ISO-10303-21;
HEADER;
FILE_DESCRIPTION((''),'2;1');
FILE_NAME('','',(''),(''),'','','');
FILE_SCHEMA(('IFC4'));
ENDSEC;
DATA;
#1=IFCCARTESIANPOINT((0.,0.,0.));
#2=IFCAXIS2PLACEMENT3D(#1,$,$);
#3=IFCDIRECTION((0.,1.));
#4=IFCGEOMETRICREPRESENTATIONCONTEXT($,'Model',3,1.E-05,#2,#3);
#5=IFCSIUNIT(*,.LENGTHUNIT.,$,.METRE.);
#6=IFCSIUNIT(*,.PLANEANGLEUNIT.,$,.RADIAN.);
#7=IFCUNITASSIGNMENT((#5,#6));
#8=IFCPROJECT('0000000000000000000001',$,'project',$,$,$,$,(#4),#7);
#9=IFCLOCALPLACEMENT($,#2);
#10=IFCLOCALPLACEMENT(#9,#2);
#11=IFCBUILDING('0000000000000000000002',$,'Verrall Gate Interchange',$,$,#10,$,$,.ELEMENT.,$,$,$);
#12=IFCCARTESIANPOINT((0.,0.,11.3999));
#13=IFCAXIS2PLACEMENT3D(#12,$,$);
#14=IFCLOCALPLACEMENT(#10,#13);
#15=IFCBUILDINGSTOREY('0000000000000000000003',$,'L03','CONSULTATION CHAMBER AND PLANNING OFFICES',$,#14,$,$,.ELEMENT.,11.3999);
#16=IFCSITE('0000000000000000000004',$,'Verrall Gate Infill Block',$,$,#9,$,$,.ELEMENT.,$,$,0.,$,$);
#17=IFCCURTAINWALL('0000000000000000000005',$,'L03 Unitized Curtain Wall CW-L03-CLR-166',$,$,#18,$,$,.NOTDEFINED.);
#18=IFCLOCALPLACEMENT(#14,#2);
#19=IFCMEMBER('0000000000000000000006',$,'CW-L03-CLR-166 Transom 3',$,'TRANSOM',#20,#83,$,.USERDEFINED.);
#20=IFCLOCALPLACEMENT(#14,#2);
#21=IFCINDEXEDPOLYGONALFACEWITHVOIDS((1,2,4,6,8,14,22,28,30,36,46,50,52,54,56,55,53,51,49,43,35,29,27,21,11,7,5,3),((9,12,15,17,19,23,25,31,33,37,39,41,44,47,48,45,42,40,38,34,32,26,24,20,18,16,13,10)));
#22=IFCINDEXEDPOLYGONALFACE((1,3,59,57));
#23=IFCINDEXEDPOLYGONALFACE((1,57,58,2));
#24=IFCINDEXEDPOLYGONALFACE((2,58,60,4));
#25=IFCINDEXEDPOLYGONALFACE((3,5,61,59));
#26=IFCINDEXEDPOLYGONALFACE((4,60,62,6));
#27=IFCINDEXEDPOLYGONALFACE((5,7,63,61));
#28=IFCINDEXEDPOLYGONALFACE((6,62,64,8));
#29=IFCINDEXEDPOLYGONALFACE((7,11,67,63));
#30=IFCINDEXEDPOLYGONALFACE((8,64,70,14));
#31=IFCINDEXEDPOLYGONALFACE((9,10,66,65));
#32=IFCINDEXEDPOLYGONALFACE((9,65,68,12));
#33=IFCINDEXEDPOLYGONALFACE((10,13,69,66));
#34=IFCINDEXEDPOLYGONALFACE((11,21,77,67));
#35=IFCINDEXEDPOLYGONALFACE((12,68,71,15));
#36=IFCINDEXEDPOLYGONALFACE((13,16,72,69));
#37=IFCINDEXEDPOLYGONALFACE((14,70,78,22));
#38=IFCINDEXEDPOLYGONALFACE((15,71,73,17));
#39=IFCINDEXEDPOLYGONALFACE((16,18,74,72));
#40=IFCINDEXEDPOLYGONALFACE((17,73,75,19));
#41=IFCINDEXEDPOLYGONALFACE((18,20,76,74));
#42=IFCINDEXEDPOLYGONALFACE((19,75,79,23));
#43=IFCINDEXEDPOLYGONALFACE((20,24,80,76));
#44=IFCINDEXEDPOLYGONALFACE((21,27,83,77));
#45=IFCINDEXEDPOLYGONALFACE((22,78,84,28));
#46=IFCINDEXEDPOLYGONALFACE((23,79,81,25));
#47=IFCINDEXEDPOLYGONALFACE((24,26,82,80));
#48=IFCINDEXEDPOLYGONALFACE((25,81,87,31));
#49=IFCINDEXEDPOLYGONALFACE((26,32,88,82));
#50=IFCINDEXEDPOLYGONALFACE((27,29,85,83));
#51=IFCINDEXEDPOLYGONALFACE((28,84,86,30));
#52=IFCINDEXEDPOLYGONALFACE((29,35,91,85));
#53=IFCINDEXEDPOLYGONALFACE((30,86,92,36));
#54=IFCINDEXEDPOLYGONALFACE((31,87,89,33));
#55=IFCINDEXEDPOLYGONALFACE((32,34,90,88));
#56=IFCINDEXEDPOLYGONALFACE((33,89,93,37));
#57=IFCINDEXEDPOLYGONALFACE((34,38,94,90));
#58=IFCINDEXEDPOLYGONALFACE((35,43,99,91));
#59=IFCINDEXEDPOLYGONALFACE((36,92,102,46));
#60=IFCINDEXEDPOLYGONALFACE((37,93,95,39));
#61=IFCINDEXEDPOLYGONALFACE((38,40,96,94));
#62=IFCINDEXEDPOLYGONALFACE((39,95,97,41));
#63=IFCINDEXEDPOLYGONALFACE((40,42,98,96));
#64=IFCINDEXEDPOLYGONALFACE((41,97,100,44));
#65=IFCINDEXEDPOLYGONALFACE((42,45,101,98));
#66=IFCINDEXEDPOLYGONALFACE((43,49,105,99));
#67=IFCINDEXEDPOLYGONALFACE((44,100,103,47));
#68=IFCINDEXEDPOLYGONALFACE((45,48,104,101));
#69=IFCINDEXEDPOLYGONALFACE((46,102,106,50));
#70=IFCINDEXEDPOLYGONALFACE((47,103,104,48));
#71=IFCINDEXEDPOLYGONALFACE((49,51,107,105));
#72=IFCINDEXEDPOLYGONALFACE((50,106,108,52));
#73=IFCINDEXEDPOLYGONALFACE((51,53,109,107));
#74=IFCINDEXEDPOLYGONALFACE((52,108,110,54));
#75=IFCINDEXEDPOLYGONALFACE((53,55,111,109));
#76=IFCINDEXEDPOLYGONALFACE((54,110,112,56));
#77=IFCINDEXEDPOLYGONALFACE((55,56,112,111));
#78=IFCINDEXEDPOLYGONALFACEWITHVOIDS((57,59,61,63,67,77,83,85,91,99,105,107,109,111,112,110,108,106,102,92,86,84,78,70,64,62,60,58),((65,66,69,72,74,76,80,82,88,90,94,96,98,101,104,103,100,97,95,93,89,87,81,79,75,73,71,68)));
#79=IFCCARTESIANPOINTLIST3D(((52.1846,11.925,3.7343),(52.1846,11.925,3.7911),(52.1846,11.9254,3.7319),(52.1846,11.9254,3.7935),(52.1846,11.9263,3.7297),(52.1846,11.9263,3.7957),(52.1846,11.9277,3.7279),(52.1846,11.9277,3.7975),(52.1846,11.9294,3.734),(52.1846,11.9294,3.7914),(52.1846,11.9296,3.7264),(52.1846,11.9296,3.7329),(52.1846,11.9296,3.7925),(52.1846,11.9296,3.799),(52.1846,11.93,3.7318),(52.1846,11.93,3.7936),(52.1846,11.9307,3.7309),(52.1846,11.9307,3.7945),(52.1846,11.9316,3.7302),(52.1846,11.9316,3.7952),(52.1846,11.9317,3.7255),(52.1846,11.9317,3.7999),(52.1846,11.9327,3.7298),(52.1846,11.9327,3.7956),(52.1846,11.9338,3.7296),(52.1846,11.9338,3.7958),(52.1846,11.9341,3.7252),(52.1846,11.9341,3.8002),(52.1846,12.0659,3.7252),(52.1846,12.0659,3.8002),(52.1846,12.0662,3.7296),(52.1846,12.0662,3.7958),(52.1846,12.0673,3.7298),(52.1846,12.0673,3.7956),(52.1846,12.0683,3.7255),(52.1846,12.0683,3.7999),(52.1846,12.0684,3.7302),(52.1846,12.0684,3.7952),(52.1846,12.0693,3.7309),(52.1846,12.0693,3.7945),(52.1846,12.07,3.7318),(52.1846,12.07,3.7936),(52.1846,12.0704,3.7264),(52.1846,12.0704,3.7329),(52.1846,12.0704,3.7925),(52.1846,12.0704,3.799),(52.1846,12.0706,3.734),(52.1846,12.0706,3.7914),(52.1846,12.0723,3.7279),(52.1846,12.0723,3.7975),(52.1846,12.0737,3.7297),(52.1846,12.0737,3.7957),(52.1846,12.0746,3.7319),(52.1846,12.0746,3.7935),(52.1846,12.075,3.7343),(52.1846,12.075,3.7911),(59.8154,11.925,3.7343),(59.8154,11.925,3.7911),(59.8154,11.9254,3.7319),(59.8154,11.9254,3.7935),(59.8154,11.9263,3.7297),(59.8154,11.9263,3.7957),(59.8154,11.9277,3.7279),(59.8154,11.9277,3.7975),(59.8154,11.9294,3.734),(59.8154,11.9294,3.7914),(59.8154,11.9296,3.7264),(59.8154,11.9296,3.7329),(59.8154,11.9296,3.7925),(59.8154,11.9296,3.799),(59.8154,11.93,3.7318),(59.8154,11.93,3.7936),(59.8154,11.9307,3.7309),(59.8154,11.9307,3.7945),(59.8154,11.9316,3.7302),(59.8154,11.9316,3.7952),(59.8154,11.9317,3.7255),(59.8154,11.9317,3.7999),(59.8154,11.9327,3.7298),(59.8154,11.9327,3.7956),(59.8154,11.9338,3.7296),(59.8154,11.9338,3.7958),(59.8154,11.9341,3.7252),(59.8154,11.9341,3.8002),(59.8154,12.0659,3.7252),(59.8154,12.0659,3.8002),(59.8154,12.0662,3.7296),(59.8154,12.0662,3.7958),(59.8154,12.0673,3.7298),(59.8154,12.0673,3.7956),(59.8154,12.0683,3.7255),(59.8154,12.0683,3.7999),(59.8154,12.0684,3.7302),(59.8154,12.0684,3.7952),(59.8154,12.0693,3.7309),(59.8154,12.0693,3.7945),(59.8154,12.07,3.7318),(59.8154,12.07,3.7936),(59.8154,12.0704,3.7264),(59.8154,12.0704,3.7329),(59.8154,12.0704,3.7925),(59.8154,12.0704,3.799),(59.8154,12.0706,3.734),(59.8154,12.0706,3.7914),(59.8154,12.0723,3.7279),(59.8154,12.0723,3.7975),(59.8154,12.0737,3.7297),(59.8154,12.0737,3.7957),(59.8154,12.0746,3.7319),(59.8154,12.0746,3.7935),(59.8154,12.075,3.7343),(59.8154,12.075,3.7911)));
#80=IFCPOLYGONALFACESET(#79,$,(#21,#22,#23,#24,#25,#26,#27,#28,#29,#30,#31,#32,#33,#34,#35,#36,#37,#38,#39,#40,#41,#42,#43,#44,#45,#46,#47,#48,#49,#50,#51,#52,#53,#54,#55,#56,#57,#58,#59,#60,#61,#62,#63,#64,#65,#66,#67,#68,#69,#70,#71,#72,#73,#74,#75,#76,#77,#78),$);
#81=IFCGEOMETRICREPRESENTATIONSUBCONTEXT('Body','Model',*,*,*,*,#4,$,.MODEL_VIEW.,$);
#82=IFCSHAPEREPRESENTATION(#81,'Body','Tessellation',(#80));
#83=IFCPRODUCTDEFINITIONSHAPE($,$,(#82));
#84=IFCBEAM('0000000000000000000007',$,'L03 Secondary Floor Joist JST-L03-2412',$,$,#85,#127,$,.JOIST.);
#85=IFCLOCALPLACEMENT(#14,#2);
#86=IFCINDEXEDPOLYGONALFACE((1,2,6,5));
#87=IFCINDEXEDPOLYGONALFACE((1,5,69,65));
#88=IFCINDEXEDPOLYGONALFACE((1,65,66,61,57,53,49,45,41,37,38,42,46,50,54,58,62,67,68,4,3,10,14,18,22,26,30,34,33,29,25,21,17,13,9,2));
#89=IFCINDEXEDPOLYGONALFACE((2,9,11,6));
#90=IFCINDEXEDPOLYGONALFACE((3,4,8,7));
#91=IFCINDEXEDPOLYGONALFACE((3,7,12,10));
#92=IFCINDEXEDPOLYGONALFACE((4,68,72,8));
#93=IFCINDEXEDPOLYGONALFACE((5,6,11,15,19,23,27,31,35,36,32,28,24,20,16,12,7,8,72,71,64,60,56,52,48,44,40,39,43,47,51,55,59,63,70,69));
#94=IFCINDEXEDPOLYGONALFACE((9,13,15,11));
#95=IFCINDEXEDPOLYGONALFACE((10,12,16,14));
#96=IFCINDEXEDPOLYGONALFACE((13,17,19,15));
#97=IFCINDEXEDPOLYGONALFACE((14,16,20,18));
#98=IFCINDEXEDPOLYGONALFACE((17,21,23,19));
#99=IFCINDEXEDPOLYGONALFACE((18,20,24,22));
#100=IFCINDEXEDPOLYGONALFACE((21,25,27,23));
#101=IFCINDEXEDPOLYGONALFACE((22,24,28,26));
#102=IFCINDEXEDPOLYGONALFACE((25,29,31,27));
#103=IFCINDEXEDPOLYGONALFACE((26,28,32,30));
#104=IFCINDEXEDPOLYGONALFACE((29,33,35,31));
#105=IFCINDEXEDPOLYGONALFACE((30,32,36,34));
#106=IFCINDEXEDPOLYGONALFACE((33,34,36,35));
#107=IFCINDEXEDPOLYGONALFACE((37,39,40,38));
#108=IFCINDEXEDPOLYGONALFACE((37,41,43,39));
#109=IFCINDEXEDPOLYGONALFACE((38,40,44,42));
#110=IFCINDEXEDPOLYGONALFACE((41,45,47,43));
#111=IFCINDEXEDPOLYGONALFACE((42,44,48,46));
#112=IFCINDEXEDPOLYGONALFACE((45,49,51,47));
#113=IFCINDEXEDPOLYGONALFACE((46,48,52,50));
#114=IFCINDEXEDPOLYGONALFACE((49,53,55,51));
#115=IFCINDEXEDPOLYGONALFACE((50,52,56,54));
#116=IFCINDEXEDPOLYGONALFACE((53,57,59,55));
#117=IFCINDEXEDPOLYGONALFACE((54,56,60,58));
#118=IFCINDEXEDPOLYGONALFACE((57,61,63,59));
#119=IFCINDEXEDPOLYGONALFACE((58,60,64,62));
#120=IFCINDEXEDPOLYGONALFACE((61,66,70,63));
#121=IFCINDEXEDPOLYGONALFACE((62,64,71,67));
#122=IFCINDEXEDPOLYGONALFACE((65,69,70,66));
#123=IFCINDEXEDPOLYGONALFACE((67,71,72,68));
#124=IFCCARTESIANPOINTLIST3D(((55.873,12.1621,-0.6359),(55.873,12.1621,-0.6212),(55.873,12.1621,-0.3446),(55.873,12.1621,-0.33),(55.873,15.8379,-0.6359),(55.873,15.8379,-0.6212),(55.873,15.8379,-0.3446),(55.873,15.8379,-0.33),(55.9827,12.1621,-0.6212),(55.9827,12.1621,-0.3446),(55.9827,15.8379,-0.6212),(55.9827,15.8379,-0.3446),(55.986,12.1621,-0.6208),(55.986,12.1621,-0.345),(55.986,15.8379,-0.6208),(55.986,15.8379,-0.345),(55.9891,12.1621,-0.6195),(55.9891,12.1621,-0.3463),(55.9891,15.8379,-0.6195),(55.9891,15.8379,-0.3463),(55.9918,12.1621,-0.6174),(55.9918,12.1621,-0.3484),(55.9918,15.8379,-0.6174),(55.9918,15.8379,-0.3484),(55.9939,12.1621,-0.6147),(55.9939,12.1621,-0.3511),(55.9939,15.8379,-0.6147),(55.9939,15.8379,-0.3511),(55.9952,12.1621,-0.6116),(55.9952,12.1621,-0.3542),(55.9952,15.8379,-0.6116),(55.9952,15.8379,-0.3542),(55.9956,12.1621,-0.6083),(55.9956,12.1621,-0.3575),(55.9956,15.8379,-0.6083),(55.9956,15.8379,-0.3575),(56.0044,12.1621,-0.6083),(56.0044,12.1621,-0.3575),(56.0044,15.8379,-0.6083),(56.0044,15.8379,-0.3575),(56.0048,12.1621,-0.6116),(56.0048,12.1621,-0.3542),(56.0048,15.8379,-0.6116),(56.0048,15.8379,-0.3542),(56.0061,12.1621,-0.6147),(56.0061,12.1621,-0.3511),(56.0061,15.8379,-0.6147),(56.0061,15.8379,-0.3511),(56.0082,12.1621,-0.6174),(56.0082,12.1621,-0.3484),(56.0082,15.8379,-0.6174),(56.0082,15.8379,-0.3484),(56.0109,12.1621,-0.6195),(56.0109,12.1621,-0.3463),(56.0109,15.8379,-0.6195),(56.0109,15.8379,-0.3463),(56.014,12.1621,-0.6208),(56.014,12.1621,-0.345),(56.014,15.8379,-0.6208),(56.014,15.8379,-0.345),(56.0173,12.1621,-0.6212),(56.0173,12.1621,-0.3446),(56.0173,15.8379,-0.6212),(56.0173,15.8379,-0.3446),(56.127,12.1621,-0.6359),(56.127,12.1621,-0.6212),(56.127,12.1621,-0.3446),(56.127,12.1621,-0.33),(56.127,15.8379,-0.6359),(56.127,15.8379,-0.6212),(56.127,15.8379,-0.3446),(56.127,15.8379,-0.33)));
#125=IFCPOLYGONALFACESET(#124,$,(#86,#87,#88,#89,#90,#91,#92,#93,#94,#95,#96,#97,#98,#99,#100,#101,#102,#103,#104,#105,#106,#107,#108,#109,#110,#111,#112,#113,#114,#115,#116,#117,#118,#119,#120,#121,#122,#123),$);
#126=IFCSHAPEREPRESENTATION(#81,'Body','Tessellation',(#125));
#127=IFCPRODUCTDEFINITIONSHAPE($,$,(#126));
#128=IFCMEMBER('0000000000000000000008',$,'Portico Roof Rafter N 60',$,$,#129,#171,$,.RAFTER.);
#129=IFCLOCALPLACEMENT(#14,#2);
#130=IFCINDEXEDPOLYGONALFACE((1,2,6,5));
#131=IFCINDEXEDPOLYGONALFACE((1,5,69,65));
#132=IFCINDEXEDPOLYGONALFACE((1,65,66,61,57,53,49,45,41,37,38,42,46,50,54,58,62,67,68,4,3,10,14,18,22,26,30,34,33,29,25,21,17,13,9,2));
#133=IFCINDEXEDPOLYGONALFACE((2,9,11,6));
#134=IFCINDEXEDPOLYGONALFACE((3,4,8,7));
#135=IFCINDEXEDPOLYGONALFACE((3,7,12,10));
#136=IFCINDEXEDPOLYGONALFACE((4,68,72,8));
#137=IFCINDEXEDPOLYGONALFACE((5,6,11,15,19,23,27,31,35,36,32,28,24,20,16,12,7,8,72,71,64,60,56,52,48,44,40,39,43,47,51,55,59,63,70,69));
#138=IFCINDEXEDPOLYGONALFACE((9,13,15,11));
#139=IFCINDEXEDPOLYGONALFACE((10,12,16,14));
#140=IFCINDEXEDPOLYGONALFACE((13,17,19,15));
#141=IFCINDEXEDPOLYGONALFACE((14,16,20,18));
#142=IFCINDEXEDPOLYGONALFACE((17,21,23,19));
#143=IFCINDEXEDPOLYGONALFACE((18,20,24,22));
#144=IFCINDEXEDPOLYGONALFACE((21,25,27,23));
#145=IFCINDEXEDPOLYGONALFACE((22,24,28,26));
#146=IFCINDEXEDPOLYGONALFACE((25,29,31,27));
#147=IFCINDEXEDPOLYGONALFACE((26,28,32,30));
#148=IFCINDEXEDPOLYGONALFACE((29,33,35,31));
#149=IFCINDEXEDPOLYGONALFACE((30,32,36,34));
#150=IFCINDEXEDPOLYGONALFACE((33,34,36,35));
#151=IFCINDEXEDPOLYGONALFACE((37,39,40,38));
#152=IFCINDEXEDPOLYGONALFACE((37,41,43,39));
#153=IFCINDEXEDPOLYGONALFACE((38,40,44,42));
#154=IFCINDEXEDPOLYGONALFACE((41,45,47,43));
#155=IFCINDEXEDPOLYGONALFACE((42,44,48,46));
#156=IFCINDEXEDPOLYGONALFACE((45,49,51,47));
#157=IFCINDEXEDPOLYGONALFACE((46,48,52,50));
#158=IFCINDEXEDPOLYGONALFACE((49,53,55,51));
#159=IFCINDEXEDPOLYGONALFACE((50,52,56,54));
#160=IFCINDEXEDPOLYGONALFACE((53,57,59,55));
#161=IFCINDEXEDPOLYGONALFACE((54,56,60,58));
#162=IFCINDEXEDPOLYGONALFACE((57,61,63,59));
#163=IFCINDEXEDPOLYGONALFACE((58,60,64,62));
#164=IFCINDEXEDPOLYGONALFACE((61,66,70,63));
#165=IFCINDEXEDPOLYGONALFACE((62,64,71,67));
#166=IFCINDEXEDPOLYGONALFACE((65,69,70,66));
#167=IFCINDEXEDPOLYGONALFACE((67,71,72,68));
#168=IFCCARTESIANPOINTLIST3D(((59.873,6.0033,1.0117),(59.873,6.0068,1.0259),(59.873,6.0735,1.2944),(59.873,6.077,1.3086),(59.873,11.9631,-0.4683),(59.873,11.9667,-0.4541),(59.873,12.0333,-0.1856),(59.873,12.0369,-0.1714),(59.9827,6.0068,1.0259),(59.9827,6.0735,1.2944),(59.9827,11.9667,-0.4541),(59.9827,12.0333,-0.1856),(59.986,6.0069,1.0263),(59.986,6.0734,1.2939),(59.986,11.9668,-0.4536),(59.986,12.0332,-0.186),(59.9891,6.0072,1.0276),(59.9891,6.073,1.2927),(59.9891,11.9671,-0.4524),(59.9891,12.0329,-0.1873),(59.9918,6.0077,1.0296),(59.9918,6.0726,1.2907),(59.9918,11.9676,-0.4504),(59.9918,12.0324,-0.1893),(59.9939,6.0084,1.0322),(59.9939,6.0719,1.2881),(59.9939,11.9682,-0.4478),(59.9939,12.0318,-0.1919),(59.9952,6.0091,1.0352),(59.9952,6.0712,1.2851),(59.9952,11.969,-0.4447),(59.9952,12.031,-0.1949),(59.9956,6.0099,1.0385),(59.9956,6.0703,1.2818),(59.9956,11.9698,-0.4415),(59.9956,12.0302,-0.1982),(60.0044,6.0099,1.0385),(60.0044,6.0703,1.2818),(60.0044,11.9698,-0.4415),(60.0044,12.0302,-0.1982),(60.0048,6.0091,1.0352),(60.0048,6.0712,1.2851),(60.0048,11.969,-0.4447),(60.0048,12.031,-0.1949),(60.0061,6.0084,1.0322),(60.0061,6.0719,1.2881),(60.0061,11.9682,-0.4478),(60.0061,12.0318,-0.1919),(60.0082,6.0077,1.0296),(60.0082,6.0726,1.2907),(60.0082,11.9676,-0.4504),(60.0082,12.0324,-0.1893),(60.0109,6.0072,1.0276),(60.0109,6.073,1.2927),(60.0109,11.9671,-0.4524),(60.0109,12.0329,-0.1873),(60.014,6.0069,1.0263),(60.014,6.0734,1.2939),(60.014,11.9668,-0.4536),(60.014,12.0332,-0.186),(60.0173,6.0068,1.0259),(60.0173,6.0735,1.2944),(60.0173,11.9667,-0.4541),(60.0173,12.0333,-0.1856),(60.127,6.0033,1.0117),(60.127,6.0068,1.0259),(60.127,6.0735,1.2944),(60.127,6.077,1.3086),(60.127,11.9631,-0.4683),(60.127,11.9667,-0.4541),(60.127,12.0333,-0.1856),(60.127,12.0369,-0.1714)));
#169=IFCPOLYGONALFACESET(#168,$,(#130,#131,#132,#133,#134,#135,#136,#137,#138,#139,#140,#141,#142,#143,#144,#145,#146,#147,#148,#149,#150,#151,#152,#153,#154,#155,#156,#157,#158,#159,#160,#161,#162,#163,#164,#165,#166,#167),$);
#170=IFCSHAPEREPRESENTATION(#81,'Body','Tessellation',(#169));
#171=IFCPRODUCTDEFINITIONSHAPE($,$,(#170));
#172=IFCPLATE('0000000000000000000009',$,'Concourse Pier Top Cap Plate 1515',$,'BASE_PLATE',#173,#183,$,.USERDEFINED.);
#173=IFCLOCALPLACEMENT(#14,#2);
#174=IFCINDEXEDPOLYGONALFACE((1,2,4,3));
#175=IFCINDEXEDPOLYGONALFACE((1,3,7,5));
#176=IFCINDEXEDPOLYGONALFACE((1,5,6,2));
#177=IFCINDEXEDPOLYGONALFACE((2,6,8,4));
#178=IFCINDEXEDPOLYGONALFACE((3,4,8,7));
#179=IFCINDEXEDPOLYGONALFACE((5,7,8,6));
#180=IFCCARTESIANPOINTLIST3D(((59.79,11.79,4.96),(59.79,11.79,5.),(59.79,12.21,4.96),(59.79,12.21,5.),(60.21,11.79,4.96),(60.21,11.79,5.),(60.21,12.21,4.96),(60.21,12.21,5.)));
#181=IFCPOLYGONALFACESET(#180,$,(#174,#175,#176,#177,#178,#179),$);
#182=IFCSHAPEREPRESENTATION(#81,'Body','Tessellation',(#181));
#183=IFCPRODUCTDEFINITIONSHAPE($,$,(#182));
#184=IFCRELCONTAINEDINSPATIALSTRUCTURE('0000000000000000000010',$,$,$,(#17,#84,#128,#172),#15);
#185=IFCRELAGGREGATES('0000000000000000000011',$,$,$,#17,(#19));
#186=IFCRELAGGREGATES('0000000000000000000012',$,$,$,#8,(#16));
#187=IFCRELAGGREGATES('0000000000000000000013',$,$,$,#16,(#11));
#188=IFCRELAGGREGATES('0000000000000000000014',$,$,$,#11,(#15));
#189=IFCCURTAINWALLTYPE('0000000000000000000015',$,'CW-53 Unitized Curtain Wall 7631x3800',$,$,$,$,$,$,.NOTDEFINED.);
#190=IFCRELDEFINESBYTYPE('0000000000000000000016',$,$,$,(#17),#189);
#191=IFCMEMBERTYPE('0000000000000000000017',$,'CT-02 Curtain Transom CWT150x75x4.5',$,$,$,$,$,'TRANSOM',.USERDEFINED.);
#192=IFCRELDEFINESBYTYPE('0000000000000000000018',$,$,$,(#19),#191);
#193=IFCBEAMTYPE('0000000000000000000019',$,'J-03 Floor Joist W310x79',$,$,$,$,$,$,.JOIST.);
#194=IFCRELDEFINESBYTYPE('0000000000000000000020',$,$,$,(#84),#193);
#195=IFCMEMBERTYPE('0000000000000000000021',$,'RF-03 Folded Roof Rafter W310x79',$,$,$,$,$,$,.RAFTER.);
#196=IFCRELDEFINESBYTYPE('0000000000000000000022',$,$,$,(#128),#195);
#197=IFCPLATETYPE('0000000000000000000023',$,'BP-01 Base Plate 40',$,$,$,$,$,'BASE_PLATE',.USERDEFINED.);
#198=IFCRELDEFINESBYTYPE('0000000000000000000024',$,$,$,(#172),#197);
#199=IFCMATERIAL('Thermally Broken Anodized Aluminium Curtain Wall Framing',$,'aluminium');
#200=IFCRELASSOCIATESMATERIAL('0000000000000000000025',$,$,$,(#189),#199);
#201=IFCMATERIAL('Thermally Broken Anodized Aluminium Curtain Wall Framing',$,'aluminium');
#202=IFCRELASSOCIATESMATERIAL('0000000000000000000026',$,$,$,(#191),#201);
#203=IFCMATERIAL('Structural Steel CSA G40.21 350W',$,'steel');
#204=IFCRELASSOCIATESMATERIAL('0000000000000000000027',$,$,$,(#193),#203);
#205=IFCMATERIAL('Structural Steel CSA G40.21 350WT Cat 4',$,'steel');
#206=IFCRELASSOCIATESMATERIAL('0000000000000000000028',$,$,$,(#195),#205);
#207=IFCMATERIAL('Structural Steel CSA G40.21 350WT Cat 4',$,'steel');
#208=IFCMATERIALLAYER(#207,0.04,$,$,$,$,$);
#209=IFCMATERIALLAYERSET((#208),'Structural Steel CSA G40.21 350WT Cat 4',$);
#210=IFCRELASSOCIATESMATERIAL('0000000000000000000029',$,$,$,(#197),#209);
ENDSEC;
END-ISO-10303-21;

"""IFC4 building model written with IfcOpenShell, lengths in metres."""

from ifc_helpers import new_model, si_unit, direction, frame, origin, origin_2d, place, context, subcontext, project, spatial, rectangle, hollow_rectangle, i_section, extrude, material, layer, layer_set, material_profile, profile_set, type_object, element, aggregate, save


model = new_model("IFC4")

# Units and contexts
model_context = context("Model", 3, precision=1e-05, world=origin(), true_north=direction((0.0, 1.0)))
body_context = subcontext(model_context, "Body", "Model", "MODEL_VIEW")
ifc_project = project(units=[si_unit("LENGTHUNIT", "METRE"), si_unit("PLANEANGLEUNIT", "RADIAN")], contexts=[model_context])

# Site, building, storey
site_placement = place(None, origin())
site = spatial("IfcSite", under=ifc_project, at=site_placement, Name="Verrall Gate Infill Block", CompositionType="ELEMENT", RefElevation=0.0)
building_placement = place(site_placement, origin())
building = spatial("IfcBuilding", under=site, at=building_placement, Name="Verrall Gate Interchange", CompositionType="ELEMENT")
storey_placement = place(building_placement, frame((0.0, 0.0, 11.3999)))
storey = spatial("IfcBuildingStorey", under=building, at=storey_placement, Name="L03", Description="CONSULTATION CHAMBER AND PLANNING OFFICES", CompositionType="ELEMENT", Elevation=11.3999)

# Curtain wall, member
ifc_material_1 = material(Name="Thermally Broken Anodized Aluminium Curtain Wall Framing", Category="aluminium")
curtain_wall_type = type_object("IfcCurtainWallType", Name="CW-53 Unitized Curtain Wall 7631x3800", PredefinedType="NOTDEFINED", material=ifc_material_1)
curtain_wall_placement = place(storey_placement, origin())
curtain_wall = element("IfcCurtainWall", 1, at=curtain_wall_placement, inside=storey, type_object=curtain_wall_type, Name="L03 Unitized Curtain Wall CW-L03-CLR-166", PredefinedType="NOTDEFINED")
ifc_material_2 = material(Name="Thermally Broken Anodized Aluminium Curtain Wall Framing", Category="aluminium")
ifc_material_profile_1 = material_profile(ifc_material_2, hollow_rectangle(XDim=0.1499, YDim=0.075, WallThickness=0.0044, InnerFilletRadius=0.0044, OuterFilletRadius=0.009, at=origin_2d()), Name="CWT150x75x4.5")
ifc_profile_set_1 = profile_set([ifc_material_profile_1], Name="Thermally Broken Anodized Aluminium Curtain Wall Framing")
member_type_1 = type_object("IfcMemberType", Name="CT-02 Curtain Transom CWT150x75x4.5", ElementType="TRANSOM", PredefinedType="USERDEFINED", material=ifc_profile_set_1)
member_1_placement = place(storey_placement, frame((52.1846, 12.0, 3.7627), z_axis=(1.0, 0.0, 0.0), x_axis=(0.0, 1.0, 0.0)))
member_1 = element("IfcMember", 2, at=member_1_placement, type_object=member_type_1, Name="CW-L03-CLR-166 Transom 3", ObjectType="TRANSOM", PredefinedType="USERDEFINED", context=body_context, shape_type="SweptSolid", body=[
    extrude(hollow_rectangle(XDim=0.1499, YDim=0.075, WallThickness=0.0044, InnerFilletRadius=0.0044, OuterFilletRadius=0.009, at=origin_2d()), origin(), (0.0, 0.0, 1.0), 7.6309),
])

# Beam
ifc_material_3 = material(Name="Structural Steel CSA G40.21 350W", Category="steel")
ifc_material_profile_2 = material_profile(ifc_material_3, i_section(OverallWidth=0.2539, OverallDepth=0.3059, WebThickness=0.0088, FlangeThickness=0.0146, FilletRadius=0.0129, at=origin_2d()), Name="W310x79")
ifc_profile_set_2 = profile_set([ifc_material_profile_2], Name="Structural Steel CSA G40.21 350W")
beam_type_1 = type_object("IfcBeamType", Name="J-03 Floor Joist W310x79", PredefinedType="JOIST", material=ifc_profile_set_2)
beam_1_placement = place(storey_placement, frame((56.0, 12.1621, -0.4829), z_axis=(0.0, 1.0, 0.0), x_axis=(-1.0, 0.0, 0.0)))
element("IfcBeam", 3, at=beam_1_placement, inside=storey, type_object=beam_type_1, Name="L03 Secondary Floor Joist JST-L03-2412", PredefinedType="JOIST", context=body_context, shape_type="SweptSolid", body=[
    extrude(i_section(OverallWidth=0.2539, OverallDepth=0.3059, WebThickness=0.0088, FlangeThickness=0.0146, FilletRadius=0.0129, at=origin_2d()), origin(), (0.0, 0.0, 1.0), 3.6758),
])

# Member
ifc_material_4 = material(Name="Structural Steel CSA G40.21 350WT Cat 4", Category="steel")
ifc_material_profile_3 = material_profile(ifc_material_4, i_section(OverallWidth=0.2539, OverallDepth=0.3059, WebThickness=0.0088, FlangeThickness=0.0146, FilletRadius=0.0129, at=origin_2d()), Name="W310x79")
ifc_profile_set_3 = profile_set([ifc_material_profile_3], Name="Structural Steel CSA G40.21 350WT Cat 4")
member_type_2 = type_object("IfcMemberType", Name="RF-03 Folded Roof Rafter W310x79", PredefinedType="RAFTER", material=ifc_profile_set_3)
member_2_placement = place(storey_placement, frame((60.0, 12.0, -0.3198), z_axis=(0.0, -0.970525, 0.241001), x_axis=(1.0, 0.0, 0.0)))
element("IfcMember", 4, at=member_2_placement, inside=storey, type_object=member_type_2, Name="Portico Roof Rafter N 60", PredefinedType="RAFTER", context=body_context, shape_type="SweptSolid", body=[
    extrude(i_section(OverallWidth=0.2539, OverallDepth=0.3059, WebThickness=0.0088, FlangeThickness=0.0146, FilletRadius=0.0129, at=origin_2d()), origin(), (0.0, 0.0, 1.0), 6.1409),
])

# Plate
ifc_material_5 = material(Name="Structural Steel CSA G40.21 350WT Cat 4", Category="steel")
ifc_layer_1 = layer(ifc_material_5, 0.04)
ifc_layer_set_1 = layer_set([ifc_layer_1], Name="Structural Steel CSA G40.21 350WT Cat 4")
plate_type_1 = type_object("IfcPlateType", Name="BP-01 Base Plate 40", ElementType="BASE_PLATE", PredefinedType="USERDEFINED", material=ifc_layer_set_1)
plate_1_placement = place(storey_placement, frame((60.0, 12.0, 4.96), z_axis=(0.0, 0.0, 1.0), x_axis=(1.0, 0.0, 0.0)))
element("IfcPlate", 5, at=plate_1_placement, inside=storey, type_object=plate_type_1, Name="Concourse Pier Top Cap Plate 1515", ObjectType="BASE_PLATE", PredefinedType="USERDEFINED", context=body_context, shape_type="SweptSolid", body=[
    extrude(rectangle(XDim=0.4199, YDim=0.4199, at=origin_2d()), origin(), (0.0, 0.0, 1.0), 0.04),
])

aggregate(curtain_wall, [member_1])

save(model, "model.ifc")
